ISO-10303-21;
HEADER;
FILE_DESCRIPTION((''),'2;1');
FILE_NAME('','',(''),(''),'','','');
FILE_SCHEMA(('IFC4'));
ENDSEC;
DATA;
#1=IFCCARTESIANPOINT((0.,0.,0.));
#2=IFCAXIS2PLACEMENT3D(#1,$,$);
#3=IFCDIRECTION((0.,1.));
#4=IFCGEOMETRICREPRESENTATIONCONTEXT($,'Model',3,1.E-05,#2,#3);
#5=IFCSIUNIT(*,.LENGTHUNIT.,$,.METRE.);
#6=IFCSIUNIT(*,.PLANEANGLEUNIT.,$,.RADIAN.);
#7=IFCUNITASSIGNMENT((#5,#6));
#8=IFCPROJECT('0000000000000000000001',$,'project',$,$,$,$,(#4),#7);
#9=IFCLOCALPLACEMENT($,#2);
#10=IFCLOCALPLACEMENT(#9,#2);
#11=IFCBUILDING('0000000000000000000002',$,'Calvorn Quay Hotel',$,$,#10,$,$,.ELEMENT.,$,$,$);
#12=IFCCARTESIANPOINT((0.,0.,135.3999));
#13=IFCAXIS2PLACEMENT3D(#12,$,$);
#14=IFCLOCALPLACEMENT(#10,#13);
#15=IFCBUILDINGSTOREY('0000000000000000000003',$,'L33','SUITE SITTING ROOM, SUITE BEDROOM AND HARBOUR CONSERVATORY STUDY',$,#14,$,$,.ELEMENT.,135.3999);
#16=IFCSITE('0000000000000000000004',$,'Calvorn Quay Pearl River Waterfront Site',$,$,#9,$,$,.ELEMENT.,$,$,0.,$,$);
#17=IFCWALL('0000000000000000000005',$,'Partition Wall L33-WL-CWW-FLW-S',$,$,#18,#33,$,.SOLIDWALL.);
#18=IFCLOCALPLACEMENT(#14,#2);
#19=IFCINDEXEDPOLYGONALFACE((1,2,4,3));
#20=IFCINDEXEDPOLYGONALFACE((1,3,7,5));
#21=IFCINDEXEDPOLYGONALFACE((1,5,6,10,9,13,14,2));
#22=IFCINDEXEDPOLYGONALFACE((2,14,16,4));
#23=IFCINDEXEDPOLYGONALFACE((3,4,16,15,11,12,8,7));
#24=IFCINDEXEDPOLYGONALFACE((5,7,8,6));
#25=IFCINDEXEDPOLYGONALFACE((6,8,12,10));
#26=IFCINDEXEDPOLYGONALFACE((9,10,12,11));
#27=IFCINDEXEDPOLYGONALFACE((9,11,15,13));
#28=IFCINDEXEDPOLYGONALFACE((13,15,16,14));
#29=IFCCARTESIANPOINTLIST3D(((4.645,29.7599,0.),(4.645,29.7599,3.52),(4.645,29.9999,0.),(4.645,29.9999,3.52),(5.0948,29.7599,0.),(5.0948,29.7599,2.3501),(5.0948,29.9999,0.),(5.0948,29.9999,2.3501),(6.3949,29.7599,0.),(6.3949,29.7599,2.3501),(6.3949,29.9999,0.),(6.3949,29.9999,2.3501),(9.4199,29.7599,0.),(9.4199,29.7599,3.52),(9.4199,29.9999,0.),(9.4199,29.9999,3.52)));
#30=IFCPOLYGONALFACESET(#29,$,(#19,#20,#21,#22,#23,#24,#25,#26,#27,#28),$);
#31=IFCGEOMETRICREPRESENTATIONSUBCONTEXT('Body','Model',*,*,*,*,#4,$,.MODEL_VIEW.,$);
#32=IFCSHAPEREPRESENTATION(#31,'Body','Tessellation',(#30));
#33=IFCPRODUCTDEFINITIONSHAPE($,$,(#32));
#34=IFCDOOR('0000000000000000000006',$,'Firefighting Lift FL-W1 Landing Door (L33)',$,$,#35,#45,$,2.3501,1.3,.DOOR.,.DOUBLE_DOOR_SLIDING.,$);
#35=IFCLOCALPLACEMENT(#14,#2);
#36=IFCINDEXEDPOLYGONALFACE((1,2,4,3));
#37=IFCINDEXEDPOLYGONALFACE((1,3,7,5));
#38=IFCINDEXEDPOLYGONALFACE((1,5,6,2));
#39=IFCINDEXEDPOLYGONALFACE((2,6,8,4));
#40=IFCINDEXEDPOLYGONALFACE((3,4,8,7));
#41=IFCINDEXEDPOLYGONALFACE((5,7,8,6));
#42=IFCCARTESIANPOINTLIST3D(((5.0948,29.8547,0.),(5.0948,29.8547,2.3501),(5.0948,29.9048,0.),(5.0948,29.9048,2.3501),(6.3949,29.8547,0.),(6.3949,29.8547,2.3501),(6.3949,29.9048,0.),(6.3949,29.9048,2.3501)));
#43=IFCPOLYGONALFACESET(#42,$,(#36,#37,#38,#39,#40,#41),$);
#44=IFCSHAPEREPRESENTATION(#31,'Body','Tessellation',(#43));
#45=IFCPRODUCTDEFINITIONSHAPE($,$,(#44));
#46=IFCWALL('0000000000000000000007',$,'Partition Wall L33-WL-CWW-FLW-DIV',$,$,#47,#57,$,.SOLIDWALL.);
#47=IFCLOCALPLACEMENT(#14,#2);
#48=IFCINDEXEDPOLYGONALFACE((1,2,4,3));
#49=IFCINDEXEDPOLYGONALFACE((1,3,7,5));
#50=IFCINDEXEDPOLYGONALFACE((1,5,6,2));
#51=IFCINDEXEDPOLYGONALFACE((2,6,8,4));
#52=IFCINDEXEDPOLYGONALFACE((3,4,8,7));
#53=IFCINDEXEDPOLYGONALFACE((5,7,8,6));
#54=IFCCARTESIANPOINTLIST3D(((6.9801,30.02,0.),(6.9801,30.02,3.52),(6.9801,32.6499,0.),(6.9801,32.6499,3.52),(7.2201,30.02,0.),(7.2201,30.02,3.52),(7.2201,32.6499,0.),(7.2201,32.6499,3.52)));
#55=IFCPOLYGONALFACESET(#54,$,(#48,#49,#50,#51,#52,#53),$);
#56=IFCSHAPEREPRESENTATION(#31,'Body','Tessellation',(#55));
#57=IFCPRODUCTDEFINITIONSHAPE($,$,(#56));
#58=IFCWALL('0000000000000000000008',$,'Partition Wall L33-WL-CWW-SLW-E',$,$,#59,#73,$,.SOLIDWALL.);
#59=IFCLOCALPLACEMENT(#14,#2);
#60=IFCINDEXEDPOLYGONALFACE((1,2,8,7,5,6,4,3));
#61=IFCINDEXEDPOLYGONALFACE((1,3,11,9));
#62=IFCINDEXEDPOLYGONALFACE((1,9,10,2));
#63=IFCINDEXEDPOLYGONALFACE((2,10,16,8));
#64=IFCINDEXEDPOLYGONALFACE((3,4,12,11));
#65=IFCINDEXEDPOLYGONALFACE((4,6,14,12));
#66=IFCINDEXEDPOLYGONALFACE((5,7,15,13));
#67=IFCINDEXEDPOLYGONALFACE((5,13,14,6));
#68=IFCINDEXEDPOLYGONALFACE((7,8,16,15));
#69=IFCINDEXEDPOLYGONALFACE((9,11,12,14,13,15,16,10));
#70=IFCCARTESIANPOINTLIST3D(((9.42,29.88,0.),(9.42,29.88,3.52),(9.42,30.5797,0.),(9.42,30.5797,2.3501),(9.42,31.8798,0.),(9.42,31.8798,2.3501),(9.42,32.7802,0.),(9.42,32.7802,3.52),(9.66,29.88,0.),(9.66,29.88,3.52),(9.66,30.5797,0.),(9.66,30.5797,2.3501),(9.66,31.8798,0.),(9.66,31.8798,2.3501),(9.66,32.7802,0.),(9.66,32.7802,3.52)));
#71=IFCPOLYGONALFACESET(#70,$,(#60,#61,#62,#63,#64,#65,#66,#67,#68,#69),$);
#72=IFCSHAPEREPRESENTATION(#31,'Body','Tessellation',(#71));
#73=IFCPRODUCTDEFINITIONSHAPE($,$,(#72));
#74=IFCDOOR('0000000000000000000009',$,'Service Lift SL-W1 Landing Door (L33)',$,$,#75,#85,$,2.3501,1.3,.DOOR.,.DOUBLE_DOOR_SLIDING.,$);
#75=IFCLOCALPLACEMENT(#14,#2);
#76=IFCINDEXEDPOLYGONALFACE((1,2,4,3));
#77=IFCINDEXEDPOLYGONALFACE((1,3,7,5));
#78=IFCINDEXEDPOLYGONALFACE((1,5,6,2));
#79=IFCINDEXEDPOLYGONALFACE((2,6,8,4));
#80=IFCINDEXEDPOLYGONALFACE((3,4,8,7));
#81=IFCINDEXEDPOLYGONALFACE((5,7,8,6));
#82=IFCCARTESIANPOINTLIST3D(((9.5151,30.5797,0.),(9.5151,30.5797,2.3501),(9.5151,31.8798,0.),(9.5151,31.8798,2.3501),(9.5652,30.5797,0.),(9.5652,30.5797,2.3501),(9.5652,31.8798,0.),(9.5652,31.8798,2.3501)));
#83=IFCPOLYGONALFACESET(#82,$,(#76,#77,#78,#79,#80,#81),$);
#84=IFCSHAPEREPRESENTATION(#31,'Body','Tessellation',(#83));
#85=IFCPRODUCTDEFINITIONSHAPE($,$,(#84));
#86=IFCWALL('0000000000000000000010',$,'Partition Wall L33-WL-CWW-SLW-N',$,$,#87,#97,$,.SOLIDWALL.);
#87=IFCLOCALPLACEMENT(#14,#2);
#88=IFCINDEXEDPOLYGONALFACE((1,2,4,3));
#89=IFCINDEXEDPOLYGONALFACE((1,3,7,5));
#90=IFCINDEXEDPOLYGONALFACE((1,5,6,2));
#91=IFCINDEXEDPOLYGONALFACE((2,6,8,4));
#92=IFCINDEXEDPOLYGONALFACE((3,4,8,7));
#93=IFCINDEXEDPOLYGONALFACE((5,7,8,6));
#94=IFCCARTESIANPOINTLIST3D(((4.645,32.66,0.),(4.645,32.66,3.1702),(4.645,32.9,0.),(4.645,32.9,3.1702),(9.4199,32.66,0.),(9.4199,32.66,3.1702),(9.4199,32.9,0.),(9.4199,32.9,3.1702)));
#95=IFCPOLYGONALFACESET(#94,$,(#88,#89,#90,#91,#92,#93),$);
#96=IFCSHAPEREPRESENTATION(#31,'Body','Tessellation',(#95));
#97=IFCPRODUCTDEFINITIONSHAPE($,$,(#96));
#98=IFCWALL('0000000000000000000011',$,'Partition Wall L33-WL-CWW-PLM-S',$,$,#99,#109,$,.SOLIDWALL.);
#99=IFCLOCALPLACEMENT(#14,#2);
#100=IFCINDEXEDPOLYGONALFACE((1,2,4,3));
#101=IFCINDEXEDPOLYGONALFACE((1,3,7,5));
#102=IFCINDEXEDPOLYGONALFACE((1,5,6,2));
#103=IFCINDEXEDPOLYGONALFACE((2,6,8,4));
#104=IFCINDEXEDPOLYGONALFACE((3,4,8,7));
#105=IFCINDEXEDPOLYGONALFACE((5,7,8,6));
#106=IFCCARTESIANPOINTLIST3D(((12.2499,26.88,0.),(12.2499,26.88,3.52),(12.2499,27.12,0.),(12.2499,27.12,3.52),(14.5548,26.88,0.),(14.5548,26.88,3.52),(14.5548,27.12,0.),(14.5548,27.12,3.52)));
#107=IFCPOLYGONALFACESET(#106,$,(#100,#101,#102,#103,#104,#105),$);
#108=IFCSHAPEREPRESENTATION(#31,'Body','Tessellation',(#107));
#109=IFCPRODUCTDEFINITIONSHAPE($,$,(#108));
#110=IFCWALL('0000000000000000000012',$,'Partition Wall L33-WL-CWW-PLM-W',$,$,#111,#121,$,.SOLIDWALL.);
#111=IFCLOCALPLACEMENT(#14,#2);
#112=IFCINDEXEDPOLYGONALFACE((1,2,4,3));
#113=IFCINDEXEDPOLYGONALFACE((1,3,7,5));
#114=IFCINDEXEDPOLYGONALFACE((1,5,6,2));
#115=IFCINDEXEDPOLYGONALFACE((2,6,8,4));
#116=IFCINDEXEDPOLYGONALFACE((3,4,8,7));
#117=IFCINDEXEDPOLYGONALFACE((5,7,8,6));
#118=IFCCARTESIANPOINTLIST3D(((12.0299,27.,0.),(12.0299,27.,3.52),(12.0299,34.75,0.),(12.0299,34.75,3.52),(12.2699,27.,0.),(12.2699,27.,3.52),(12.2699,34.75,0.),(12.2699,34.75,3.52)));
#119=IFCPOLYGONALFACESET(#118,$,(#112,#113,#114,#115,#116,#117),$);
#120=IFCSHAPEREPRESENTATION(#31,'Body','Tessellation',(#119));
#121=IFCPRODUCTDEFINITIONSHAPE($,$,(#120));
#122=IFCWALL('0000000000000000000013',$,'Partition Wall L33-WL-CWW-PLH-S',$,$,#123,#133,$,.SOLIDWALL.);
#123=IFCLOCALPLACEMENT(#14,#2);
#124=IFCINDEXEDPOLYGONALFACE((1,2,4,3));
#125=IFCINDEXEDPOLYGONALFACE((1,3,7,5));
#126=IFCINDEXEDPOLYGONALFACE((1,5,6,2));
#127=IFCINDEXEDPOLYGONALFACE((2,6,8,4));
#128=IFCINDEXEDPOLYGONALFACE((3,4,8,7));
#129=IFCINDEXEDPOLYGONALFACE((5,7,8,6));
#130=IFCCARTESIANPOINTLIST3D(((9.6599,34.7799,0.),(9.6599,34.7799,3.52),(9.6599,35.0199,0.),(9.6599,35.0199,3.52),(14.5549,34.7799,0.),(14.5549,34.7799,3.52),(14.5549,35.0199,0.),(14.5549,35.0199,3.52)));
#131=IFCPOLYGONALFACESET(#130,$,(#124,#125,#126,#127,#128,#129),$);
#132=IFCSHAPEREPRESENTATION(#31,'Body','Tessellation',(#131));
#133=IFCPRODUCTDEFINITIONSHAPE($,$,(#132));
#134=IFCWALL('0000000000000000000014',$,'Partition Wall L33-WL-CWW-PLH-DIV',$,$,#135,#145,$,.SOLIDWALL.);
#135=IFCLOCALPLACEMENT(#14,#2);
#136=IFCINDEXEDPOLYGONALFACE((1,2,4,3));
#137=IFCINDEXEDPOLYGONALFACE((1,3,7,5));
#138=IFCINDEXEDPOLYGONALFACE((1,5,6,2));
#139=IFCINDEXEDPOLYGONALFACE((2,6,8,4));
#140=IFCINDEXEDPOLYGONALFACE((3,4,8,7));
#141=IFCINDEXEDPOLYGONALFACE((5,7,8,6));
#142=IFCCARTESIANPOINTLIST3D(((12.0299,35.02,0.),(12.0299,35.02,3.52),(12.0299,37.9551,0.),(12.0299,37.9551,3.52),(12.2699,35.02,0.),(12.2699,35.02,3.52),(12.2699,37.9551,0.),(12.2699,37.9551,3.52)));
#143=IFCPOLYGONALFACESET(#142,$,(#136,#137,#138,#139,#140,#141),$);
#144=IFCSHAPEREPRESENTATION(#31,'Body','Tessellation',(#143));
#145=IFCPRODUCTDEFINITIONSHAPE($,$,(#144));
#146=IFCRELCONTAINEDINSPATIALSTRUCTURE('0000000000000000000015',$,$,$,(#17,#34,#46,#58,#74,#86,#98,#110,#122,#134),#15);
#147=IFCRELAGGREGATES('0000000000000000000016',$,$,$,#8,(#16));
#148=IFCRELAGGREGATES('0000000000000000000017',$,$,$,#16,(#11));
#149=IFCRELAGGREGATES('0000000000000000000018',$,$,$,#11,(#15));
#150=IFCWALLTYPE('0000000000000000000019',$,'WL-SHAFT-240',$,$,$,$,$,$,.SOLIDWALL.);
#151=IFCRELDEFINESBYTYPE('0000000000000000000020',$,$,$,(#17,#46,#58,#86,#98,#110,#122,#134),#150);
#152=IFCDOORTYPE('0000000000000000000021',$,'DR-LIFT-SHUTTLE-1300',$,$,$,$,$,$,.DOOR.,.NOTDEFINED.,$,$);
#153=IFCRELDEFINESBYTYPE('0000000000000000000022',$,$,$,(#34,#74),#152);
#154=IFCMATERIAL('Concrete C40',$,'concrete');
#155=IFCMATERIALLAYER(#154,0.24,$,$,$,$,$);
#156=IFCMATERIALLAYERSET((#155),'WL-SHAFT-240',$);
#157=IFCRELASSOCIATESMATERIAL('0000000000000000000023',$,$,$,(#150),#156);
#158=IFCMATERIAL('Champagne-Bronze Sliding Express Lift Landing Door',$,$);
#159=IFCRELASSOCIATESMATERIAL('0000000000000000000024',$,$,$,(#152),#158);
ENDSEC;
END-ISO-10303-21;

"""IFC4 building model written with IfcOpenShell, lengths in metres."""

from ifc_helpers import new_model, si_unit, direction, frame, frame_2d, origin, place, context, subcontext, project, spatial, rectangle, extrude, material, layer, layer_set, type_object, element, fill, save


model = new_model("IFC4")

# Units and contexts
model_context = context("Model", 3, precision=1e-05, world=origin(), true_north=direction((0.0, 1.0)))
body_context = subcontext(model_context, "Body", "Model", "MODEL_VIEW")
ifc_project = project(units=[si_unit("LENGTHUNIT", "METRE"), si_unit("PLANEANGLEUNIT", "RADIAN")], contexts=[model_context])

# Site, building, storey
site_placement = place(None, origin())
site = spatial("IfcSite", under=ifc_project, at=site_placement, Name="Calvorn Quay Pearl River Waterfront Site", CompositionType="ELEMENT", RefElevation=0.0)
building_placement = place(site_placement, origin())
building = spatial("IfcBuilding", under=site, at=building_placement, Name="Calvorn Quay Hotel", CompositionType="ELEMENT")
storey_placement = place(building_placement, frame((0.0, 0.0, 135.3999)))
storey = spatial("IfcBuildingStorey", under=building, at=storey_placement, Name="L33", Description="SUITE SITTING ROOM, SUITE BEDROOM AND HARBOUR CONSERVATORY STUDY", CompositionType="ELEMENT", Elevation=135.3999)

# Shared definitions
ifc_material_1 = material(Name="Concrete C40", Category="concrete")
ifc_layer_1 = layer(ifc_material_1, 0.24)
ifc_layer_set_1 = layer_set([ifc_layer_1], Name="WL-SHAFT-240")
wall_type_1 = type_object("IfcWallType", Name="WL-SHAFT-240", PredefinedType="SOLIDWALL", material=ifc_layer_set_1)

# Wall, opening, door
wall_1_placement = place(storey_placement, frame((4.645, 29.8799, 0.0), z_axis=(0.0, 0.0, 1.0), x_axis=(1.0, 0.0, 0.0)))
wall_1 = element("IfcWall", 1, at=wall_1_placement, inside=storey, type_object=wall_type_1, Name="Partition Wall L33-WL-CWW-FLW-S", PredefinedType="SOLIDWALL", context=body_context, shape_type="SweptSolid", body=[
    extrude(rectangle(XDim=4.7749, YDim=0.24, at=frame_2d((2.3875, 0.0))), origin(), (0.0, 0.0, 1.0), 3.52),
])
opening_1_placement = place(wall_1_placement, frame((0.45, 0.0, 0.0)))
opening_1 = element("IfcOpeningElement", 2, at=opening_1_placement, cuts=wall_1, PredefinedType="OPENING", context=body_context, shape_type="SweptSolid", body=[
    extrude(rectangle(XDim=1.3, YDim=2.3501, at=frame_2d((0.6499, 1.175))), frame((0.0, 0.1299, 0.0), z_axis=(0.0, -1.0, 0.0), x_axis=(1.0, 0.0, 0.0)), (0.0, 0.0, 1.0), 0.26),
])
ifc_material_2 = material(Name="Champagne-Bronze Sliding Express Lift Landing Door")
door_type_1 = type_object("IfcDoorType", Name="DR-LIFT-SHUTTLE-1300", OperationType="NOTDEFINED", PredefinedType="DOOR", material=ifc_material_2)
door_1_placement = place(opening_1_placement, origin())
door_1 = element("IfcDoor", 3, at=door_1_placement, inside=storey, type_object=door_type_1, Name="Firefighting Lift FL-W1 Landing Door (L33)", OperationType="DOUBLE_DOOR_SLIDING", OverallHeight=2.3501, OverallWidth=1.3, PredefinedType="DOOR", context=body_context, shape_type="SweptSolid", body=[
    extrude(rectangle(XDim=1.3, YDim=2.3501, at=frame_2d((0.6499, 1.175))), frame((0.0, 0.0249, 0.0), z_axis=(0.0, -1.0, 0.0), x_axis=(1.0, 0.0, 0.0)), (0.0, 0.0, 1.0), 0.05),
])
fill(opening_1, door_1)

# Wall
wall_2_placement = place(storey_placement, frame((7.1001, 30.02, 0.0), z_axis=(0.0, 0.0, 1.0), x_axis=(0.0, 1.0, 0.0)))
element("IfcWall", 4, at=wall_2_placement, inside=storey, type_object=wall_type_1, Name="Partition Wall L33-WL-CWW-FLW-DIV", PredefinedType="SOLIDWALL", context=body_context, shape_type="SweptSolid", body=[
    extrude(rectangle(XDim=2.6299, YDim=0.24, at=frame_2d((1.3149, 0.0))), origin(), (0.0, 0.0, 1.0), 3.52),
])

# Wall, opening, door
wall_3_placement = place(storey_placement, frame((9.54, 29.8799, 0.0), z_axis=(0.0, 0.0, 1.0), x_axis=(0.0, 1.0, 0.0)))
wall_3 = element("IfcWall", 5, at=wall_3_placement, inside=storey, type_object=wall_type_1, Name="Partition Wall L33-WL-CWW-SLW-E", PredefinedType="SOLIDWALL", context=body_context, shape_type="SweptSolid", body=[
    extrude(rectangle(XDim=2.9001, YDim=0.24, at=frame_2d((1.4502, 0.0))), origin(), (0.0, 0.0, 1.0), 3.52),
])
opening_2_placement = place(wall_3_placement, frame((0.7, 0.0, 0.0)))
opening_2 = element("IfcOpeningElement", 6, at=opening_2_placement, cuts=wall_3, PredefinedType="OPENING", context=body_context, shape_type="SweptSolid", body=[
    extrude(rectangle(XDim=1.3, YDim=2.3501, at=frame_2d((0.6499, 1.175))), frame((0.0, 0.1299, 0.0), z_axis=(0.0, -1.0, 0.0), x_axis=(1.0, 0.0, 0.0)), (0.0, 0.0, 1.0), 0.26),
])
door_2_placement = place(opening_2_placement, origin())
door_2 = element("IfcDoor", 7, at=door_2_placement, inside=storey, type_object=door_type_1, Name="Service Lift SL-W1 Landing Door (L33)", OperationType="DOUBLE_DOOR_SLIDING", OverallHeight=2.3501, OverallWidth=1.3, PredefinedType="DOOR", context=body_context, shape_type="SweptSolid", body=[
    extrude(rectangle(XDim=1.3, YDim=2.3501, at=frame_2d((0.6499, 1.175))), frame((0.0, 0.0249, 0.0), z_axis=(0.0, -1.0, 0.0), x_axis=(1.0, 0.0, 0.0)), (0.0, 0.0, 1.0), 0.05),
])
fill(opening_2, door_2)

# Walls
wall_4_placement = place(storey_placement, frame((4.645, 32.78, 0.0), z_axis=(0.0, 0.0, 1.0), x_axis=(1.0, 0.0, 0.0)))
element("IfcWall", 8, at=wall_4_placement, inside=storey, type_object=wall_type_1, Name="Partition Wall L33-WL-CWW-SLW-N", PredefinedType="SOLIDWALL", context=body_context, shape_type="SweptSolid", body=[
    extrude(rectangle(XDim=4.7749, YDim=0.24, at=frame_2d((2.3875, 0.0))), origin(), (0.0, 0.0, 1.0), 3.1702),
])
wall_5_placement = place(storey_placement, frame((12.25, 27.0, 0.0), z_axis=(0.0, 0.0, 1.0), x_axis=(1.0, 0.0, 0.0)))
element("IfcWall", 9, at=wall_5_placement, inside=storey, type_object=wall_type_1, Name="Partition Wall L33-WL-CWW-PLM-S", PredefinedType="SOLIDWALL", context=body_context, shape_type="SweptSolid", body=[
    extrude(rectangle(XDim=2.3049, YDim=0.24, at=frame_2d((1.1523, 0.0))), origin(), (0.0, 0.0, 1.0), 3.52),
])
wall_6_placement = place(storey_placement, frame((12.1499, 27.0, 0.0), z_axis=(0.0, 0.0, 1.0), x_axis=(0.0, 1.0, 0.0)))
element("IfcWall", 10, at=wall_6_placement, inside=storey, type_object=wall_type_1, Name="Partition Wall L33-WL-CWW-PLM-W", PredefinedType="SOLIDWALL", context=body_context, shape_type="SweptSolid", body=[
    extrude(rectangle(XDim=7.75, YDim=0.24, at=frame_2d((3.875, 0.0))), origin(), (0.0, 0.0, 1.0), 3.52),
])
wall_7_placement = place(storey_placement, frame((9.6599, 34.8999, 0.0), z_axis=(0.0, 0.0, 1.0), x_axis=(1.0, 0.0, 0.0)))
element("IfcWall", 11, at=wall_7_placement, inside=storey, type_object=wall_type_1, Name="Partition Wall L33-WL-CWW-PLH-S", PredefinedType="SOLIDWALL", context=body_context, shape_type="SweptSolid", body=[
    extrude(rectangle(XDim=4.895, YDim=0.24, at=frame_2d((2.4475, 0.0))), origin(), (0.0, 0.0, 1.0), 3.52),
])
wall_8_placement = place(storey_placement, frame((12.1499, 35.02, 0.0), z_axis=(0.0, 0.0, 1.0), x_axis=(0.0, 1.0, 0.0)))
element("IfcWall", 12, at=wall_8_placement, inside=storey, type_object=wall_type_1, Name="Partition Wall L33-WL-CWW-PLH-DIV", PredefinedType="SOLIDWALL", context=body_context, shape_type="SweptSolid", body=[
    extrude(rectangle(XDim=2.9351, YDim=0.24, at=frame_2d((1.4675, 0.0))), origin(), (0.0, 0.0, 1.0), 3.52),
])

save(model, "model.ifc")
